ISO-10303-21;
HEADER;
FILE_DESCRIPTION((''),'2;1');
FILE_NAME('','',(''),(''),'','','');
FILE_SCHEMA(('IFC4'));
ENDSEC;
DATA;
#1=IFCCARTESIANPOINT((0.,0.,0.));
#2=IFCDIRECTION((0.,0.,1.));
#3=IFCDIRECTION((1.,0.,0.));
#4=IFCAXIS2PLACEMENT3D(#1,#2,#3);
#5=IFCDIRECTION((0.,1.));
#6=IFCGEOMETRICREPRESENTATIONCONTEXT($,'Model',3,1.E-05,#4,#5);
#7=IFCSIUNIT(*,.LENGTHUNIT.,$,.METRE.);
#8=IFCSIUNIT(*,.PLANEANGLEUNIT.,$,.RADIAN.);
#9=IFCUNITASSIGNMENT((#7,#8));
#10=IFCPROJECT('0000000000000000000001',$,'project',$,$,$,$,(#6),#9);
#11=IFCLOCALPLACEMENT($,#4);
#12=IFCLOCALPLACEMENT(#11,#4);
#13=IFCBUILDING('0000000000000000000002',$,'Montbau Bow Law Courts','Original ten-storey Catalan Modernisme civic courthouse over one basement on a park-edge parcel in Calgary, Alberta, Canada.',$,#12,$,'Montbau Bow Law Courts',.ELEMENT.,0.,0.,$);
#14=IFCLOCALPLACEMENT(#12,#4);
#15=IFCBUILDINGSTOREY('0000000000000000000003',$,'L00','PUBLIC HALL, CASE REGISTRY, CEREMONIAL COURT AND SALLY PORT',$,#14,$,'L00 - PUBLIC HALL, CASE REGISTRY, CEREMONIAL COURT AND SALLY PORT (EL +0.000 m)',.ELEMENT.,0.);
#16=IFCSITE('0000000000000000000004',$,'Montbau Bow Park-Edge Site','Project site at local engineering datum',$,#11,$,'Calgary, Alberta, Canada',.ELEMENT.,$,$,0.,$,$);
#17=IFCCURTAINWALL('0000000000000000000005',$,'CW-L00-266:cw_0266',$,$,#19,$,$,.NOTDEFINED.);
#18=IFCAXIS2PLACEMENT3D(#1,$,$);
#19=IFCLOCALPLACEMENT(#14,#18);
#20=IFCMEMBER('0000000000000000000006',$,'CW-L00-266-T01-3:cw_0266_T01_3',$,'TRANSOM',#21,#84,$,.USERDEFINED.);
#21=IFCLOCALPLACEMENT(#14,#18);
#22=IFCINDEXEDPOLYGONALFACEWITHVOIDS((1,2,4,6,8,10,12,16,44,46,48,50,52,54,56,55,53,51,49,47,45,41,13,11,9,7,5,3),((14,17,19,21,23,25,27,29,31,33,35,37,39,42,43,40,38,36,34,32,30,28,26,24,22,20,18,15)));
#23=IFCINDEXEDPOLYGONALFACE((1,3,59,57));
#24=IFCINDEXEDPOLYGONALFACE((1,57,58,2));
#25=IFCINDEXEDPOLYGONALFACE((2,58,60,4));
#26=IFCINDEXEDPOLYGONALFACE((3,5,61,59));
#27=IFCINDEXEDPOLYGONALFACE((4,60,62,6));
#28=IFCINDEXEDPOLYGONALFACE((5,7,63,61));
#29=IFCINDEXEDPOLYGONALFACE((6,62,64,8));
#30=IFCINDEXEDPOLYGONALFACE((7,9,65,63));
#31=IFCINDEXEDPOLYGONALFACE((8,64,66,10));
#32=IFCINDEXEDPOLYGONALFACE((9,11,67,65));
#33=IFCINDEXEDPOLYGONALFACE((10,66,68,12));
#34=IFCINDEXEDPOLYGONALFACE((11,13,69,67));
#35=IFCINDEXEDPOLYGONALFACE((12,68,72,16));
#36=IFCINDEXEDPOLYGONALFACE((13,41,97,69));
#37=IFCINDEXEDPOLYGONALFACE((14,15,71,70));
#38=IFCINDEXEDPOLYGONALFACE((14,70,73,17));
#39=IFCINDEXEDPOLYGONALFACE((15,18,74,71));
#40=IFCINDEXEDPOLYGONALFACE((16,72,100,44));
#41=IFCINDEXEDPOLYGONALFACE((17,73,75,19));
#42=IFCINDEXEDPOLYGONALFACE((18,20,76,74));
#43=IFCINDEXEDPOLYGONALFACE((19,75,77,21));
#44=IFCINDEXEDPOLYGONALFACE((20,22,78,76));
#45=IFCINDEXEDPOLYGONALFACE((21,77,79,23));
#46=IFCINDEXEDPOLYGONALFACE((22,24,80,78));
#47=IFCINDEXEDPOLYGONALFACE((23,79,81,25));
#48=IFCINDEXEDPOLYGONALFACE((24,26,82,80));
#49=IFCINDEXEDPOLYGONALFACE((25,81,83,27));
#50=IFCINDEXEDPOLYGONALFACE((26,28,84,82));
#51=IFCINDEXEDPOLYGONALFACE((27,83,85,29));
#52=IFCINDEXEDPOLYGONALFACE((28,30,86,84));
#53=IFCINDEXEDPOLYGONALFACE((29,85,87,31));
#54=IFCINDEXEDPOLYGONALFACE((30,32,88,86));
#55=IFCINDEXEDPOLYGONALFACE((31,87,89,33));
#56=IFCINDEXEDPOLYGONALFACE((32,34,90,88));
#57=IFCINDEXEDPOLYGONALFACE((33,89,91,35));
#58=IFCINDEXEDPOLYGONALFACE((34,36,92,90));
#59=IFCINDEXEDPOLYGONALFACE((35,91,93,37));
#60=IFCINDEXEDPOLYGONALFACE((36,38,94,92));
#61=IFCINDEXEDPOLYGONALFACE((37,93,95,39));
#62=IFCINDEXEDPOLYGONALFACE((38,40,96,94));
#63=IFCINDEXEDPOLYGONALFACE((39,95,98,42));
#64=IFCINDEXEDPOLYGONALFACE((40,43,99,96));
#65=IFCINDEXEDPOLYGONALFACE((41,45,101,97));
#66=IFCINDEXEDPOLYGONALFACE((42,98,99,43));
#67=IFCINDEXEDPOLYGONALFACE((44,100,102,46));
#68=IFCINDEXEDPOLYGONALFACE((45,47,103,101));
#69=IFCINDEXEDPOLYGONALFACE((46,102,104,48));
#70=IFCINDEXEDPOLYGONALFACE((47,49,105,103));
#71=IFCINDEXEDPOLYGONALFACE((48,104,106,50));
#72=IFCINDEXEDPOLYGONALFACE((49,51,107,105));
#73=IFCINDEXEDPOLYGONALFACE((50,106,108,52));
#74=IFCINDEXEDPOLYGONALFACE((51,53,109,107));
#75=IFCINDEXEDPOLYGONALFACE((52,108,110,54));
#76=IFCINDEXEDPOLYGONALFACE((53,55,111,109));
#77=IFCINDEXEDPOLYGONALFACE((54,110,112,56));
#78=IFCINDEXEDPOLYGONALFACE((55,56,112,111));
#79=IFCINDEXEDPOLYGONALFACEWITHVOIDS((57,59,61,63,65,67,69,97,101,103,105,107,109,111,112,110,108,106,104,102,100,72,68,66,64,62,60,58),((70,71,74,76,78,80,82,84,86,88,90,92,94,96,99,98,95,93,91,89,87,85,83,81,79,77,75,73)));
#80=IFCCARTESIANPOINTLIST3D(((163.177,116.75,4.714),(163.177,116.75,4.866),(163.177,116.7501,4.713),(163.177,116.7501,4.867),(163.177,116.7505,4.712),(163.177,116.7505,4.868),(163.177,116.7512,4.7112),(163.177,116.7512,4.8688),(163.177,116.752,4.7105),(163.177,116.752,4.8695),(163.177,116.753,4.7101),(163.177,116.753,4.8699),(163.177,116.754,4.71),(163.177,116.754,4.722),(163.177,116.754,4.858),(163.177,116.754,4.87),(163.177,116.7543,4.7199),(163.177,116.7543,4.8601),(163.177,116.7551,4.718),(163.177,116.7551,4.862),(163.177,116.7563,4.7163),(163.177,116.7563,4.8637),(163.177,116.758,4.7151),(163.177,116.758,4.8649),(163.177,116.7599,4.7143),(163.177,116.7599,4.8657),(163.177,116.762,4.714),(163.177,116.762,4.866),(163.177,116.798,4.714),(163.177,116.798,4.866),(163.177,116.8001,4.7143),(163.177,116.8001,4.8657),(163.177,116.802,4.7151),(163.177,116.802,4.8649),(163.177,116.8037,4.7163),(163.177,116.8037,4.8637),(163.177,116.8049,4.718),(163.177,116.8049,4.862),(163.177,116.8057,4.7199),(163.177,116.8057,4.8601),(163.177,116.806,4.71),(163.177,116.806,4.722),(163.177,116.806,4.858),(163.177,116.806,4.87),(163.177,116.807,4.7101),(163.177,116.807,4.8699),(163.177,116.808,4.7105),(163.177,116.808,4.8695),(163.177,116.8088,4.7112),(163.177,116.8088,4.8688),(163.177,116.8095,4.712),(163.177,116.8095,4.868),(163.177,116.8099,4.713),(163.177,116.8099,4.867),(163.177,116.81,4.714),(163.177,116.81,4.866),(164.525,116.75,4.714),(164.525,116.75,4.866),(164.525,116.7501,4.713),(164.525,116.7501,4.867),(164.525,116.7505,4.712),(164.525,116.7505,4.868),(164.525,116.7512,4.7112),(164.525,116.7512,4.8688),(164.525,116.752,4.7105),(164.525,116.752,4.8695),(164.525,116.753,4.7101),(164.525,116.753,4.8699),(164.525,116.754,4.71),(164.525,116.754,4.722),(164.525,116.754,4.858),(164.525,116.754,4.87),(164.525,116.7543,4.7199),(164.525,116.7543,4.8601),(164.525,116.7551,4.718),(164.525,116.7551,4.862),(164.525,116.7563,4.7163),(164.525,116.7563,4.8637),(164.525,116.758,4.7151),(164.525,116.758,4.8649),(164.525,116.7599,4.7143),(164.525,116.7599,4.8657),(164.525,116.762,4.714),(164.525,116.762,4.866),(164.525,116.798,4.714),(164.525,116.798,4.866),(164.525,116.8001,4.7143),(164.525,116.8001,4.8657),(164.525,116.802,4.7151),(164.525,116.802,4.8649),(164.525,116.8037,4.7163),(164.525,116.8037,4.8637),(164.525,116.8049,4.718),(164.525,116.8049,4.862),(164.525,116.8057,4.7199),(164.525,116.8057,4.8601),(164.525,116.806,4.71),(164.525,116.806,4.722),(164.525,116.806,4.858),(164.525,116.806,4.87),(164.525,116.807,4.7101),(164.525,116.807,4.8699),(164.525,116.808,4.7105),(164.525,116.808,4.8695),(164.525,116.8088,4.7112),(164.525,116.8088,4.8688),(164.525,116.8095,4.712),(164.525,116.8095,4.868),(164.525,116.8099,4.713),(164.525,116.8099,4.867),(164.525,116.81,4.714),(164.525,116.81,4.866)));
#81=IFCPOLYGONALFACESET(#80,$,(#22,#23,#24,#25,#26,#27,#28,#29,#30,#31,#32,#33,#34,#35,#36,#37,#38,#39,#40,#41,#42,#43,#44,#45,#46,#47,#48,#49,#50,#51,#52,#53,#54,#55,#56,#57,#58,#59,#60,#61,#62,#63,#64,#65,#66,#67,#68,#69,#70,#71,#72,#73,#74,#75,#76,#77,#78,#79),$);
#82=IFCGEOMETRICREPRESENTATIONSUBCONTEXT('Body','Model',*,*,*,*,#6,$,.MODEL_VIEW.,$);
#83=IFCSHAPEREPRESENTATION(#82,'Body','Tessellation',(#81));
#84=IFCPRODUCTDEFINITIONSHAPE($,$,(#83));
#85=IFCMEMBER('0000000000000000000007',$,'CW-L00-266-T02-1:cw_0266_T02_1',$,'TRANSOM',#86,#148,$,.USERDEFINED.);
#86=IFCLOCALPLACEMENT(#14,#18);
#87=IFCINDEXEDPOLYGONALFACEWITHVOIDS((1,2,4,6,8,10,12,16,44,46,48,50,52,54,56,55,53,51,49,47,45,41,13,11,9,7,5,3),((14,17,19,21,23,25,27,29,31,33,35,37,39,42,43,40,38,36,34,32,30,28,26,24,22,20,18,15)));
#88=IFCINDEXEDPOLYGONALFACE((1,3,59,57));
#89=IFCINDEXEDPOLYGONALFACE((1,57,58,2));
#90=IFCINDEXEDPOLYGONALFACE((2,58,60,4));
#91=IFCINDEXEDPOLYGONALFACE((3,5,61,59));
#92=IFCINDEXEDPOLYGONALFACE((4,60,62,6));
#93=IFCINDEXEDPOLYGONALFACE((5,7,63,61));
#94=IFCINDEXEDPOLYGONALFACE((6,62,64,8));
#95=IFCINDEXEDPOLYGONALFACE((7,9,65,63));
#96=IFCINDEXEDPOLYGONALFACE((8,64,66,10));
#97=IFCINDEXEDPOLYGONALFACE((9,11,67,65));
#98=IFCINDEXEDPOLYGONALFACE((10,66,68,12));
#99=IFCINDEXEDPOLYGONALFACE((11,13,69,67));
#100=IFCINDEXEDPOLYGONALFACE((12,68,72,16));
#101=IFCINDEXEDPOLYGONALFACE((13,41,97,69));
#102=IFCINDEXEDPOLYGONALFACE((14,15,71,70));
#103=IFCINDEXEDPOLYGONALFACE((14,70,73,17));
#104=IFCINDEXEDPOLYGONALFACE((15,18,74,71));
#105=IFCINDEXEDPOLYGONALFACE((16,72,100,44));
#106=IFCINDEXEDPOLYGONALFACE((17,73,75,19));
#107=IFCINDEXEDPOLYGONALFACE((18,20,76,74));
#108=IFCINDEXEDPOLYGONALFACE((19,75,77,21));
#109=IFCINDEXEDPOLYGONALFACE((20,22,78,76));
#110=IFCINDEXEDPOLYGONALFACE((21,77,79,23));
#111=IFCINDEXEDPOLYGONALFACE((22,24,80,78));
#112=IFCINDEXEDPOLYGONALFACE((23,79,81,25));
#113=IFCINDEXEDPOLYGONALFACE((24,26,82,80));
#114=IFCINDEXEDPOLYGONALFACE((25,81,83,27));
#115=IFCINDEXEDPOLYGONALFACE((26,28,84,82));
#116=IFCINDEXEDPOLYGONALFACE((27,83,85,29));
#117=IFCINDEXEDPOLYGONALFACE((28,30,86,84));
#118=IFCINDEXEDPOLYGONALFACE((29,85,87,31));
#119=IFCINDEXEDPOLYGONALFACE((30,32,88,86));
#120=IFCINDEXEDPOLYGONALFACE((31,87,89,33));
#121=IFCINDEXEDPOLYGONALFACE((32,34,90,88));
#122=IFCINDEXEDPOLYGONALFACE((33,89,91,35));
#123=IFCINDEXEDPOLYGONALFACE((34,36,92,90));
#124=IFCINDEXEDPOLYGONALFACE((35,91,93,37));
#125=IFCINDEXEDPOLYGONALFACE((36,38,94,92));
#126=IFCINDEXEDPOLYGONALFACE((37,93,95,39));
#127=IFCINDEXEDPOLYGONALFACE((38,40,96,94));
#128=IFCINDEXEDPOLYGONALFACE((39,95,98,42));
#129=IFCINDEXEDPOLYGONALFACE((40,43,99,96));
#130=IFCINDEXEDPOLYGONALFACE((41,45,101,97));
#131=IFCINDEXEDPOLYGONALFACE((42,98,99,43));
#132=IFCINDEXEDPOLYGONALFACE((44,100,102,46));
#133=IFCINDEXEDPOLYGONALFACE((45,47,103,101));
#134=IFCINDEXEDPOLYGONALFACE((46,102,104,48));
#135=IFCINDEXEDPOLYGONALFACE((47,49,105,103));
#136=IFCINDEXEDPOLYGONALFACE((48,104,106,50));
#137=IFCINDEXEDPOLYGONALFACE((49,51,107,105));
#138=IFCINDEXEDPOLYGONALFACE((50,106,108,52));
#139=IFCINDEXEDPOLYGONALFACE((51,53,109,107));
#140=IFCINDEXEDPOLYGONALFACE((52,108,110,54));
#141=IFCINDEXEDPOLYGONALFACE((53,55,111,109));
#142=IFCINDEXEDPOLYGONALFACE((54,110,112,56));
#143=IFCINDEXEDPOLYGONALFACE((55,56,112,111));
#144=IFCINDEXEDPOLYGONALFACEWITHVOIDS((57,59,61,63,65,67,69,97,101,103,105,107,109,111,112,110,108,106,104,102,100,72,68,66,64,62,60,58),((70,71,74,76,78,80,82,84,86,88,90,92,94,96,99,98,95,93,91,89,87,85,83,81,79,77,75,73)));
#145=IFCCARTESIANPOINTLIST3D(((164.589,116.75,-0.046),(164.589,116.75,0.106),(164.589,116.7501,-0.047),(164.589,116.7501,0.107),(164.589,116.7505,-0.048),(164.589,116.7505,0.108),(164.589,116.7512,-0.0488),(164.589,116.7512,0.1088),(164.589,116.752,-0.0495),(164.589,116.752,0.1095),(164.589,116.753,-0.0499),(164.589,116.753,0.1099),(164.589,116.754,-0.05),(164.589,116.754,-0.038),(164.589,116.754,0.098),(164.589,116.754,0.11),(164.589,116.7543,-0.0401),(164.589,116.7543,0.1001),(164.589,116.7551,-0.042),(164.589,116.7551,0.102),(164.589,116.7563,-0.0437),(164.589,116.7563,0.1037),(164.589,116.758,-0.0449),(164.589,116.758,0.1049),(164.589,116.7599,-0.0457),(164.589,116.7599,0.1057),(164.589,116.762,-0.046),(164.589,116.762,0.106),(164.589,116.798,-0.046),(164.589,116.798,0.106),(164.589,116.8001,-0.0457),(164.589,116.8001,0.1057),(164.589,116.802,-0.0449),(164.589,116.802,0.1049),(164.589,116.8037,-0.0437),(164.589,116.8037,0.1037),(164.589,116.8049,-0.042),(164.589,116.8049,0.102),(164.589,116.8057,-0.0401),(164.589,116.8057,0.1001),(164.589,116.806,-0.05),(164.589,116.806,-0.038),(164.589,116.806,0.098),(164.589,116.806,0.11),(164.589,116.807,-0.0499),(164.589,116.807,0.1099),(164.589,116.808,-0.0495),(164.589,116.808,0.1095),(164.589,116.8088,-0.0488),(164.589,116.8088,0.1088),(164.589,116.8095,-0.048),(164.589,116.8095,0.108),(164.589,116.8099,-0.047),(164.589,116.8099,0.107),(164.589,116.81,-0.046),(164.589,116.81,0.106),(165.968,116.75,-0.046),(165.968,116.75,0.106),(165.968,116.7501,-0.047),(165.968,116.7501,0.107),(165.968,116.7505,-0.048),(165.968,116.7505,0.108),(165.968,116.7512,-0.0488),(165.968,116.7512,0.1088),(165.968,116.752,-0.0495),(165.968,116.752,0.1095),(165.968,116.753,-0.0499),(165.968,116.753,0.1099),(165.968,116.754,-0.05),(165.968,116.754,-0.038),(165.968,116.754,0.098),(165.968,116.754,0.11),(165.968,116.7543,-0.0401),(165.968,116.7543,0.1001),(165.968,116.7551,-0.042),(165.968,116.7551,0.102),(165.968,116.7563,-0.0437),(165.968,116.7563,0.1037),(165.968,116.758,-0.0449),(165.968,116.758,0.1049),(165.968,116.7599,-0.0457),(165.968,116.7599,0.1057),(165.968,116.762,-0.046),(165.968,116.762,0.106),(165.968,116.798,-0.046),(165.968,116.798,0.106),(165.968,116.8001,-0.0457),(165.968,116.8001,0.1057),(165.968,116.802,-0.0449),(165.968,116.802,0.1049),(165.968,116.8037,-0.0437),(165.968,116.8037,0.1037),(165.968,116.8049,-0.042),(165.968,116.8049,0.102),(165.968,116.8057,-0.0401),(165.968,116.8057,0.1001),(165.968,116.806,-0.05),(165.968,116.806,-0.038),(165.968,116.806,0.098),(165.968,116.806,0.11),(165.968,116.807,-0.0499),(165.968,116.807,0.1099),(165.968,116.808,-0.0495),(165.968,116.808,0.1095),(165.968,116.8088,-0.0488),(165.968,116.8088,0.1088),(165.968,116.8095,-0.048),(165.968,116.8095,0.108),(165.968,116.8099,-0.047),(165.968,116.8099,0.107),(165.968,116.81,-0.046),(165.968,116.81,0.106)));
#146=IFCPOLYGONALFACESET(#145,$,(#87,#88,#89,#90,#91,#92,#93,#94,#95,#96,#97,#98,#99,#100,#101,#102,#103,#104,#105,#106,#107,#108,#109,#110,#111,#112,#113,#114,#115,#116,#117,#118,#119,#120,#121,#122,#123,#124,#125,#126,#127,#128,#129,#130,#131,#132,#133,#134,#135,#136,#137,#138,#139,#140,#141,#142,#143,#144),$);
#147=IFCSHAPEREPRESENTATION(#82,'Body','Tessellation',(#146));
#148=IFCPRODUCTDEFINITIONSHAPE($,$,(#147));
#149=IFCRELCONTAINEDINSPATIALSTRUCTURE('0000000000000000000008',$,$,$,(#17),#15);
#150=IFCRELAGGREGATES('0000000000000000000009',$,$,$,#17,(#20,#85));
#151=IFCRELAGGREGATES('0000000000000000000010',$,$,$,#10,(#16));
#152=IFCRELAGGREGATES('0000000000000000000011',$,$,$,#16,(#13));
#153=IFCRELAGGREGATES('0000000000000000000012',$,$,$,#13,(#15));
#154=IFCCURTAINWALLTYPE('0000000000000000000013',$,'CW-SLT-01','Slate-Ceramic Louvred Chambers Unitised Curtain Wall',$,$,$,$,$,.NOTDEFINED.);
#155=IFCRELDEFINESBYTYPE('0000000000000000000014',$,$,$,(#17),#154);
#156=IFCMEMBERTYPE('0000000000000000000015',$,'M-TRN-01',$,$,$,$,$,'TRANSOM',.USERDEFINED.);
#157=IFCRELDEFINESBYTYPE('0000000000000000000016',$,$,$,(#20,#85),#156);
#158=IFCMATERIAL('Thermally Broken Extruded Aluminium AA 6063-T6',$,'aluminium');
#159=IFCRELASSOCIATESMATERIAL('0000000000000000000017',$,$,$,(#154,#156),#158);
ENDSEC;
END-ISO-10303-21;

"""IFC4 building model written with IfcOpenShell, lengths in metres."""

from ifc_helpers import new_model, si_unit, direction, frame, origin_with_axes, origin_2d_with_axis, place, context, subcontext, project, spatial, hollow_rectangle, extrude, material, material_profile, profile_set, type_object, element, aggregate, save


model = new_model("IFC4")

# Units and contexts
model_context = context("Model", 3, precision=1e-05, world=origin_with_axes(), true_north=direction((0.0, 1.0)))
body_context = subcontext(model_context, "Body", "Model", "MODEL_VIEW")
ifc_project = project(units=[si_unit("LENGTHUNIT", "METRE"), si_unit("PLANEANGLEUNIT", "RADIAN")], contexts=[model_context])

# Site, building, storey
site_placement = place(None, origin_with_axes())
site = spatial("IfcSite", under=ifc_project, at=site_placement, Name="Montbau Bow Park-Edge Site", Description="Project site at local engineering datum", LongName="Calgary, Alberta, Canada", CompositionType="ELEMENT", RefElevation=0.0)
building_placement = place(site_placement, origin_with_axes())
building = spatial("IfcBuilding", under=site, at=building_placement, Name="Montbau Bow Law Courts", Description="Original ten-storey Catalan Modernisme civic courthouse over one basement on a park-edge parcel in Calgary, Alberta, Canada.", LongName="Montbau Bow Law Courts", CompositionType="ELEMENT", ElevationOfRefHeight=0.0, ElevationOfTerrain=0.0)
storey_placement = place(building_placement, origin_with_axes())
storey = spatial("IfcBuildingStorey", under=building, at=storey_placement, Name="L00", Description="PUBLIC HALL, CASE REGISTRY, CEREMONIAL COURT AND SALLY PORT", LongName="L00 - PUBLIC HALL, CASE REGISTRY, CEREMONIAL COURT AND SALLY PORT (EL +0.000 m)", CompositionType="ELEMENT", Elevation=0.0)

# Curtain wall, members
ifc_material_1 = material(Name="Thermally Broken Extruded Aluminium AA 6063-T6", Category="aluminium")
curtain_wall_type = type_object("IfcCurtainWallType", Name="CW-SLT-01", Description="Slate-Ceramic Louvred Chambers Unitised Curtain Wall", PredefinedType="NOTDEFINED", material=ifc_material_1)
curtain_wall_placement = place(None, frame((163.115, 116.78, 0.0), z_axis=(0.0, 0.0, 1.0), x_axis=(1.0, 0.0, 0.0)))
curtain_wall = element("IfcCurtainWall", 1, at=curtain_wall_placement, inside=storey, type_object=curtain_wall_type, Name="CW-L00-266:cw_0266", PredefinedType="NOTDEFINED")
ifc_material_profile_1 = material_profile(ifc_material_1, hollow_rectangle(XDim=0.06, YDim=0.16, WallThickness=0.004, InnerFilletRadius=0.008, OuterFilletRadius=0.004, at=origin_2d_with_axis()), Name="CWT-160X60", Category="Main", Priority=0)
ifc_profile_set_1 = profile_set([ifc_material_profile_1], Name="Thermally Broken Extruded Aluminium AA 6063-T6")
member_type_1 = type_object("IfcMemberType", Name="M-TRN-01", ElementType="TRANSOM", PredefinedType="USERDEFINED", material=ifc_profile_set_1)
member_1_placement = place(None, frame((163.177, 116.78, 4.79), z_axis=(1.0, 0.0, 0.0), x_axis=(0.0, 1.0, 0.0)))
member_1 = element("IfcMember", 2, at=member_1_placement, type_object=member_type_1, Name="CW-L00-266-T01-3:cw_0266_T01_3", ObjectType="TRANSOM", PredefinedType="USERDEFINED", context=body_context, shape_type="SweptSolid", body=[
    extrude(hollow_rectangle(XDim=0.06, YDim=0.16, WallThickness=0.004, InnerFilletRadius=0.008, OuterFilletRadius=0.004, at=origin_2d_with_axis()), origin_with_axes(), (0.0, 0.0, 1.0), 1.348),
])
member_2_placement = place(None, frame((164.589, 116.78, 0.03), z_axis=(1.0, 0.0, 0.0), x_axis=(0.0, 1.0, 0.0)))
member_2 = element("IfcMember", 3, at=member_2_placement, type_object=member_type_1, Name="CW-L00-266-T02-1:cw_0266_T02_1", ObjectType="TRANSOM", PredefinedType="USERDEFINED", context=body_context, shape_type="SweptSolid", body=[
    extrude(hollow_rectangle(XDim=0.06, YDim=0.16, WallThickness=0.004, InnerFilletRadius=0.008, OuterFilletRadius=0.004, at=origin_2d_with_axis()), origin_with_axes(), (0.0, 0.0, 1.0), 1.379),
])
aggregate(curtain_wall, [member_1, member_2])

save(model, "model.ifc")
